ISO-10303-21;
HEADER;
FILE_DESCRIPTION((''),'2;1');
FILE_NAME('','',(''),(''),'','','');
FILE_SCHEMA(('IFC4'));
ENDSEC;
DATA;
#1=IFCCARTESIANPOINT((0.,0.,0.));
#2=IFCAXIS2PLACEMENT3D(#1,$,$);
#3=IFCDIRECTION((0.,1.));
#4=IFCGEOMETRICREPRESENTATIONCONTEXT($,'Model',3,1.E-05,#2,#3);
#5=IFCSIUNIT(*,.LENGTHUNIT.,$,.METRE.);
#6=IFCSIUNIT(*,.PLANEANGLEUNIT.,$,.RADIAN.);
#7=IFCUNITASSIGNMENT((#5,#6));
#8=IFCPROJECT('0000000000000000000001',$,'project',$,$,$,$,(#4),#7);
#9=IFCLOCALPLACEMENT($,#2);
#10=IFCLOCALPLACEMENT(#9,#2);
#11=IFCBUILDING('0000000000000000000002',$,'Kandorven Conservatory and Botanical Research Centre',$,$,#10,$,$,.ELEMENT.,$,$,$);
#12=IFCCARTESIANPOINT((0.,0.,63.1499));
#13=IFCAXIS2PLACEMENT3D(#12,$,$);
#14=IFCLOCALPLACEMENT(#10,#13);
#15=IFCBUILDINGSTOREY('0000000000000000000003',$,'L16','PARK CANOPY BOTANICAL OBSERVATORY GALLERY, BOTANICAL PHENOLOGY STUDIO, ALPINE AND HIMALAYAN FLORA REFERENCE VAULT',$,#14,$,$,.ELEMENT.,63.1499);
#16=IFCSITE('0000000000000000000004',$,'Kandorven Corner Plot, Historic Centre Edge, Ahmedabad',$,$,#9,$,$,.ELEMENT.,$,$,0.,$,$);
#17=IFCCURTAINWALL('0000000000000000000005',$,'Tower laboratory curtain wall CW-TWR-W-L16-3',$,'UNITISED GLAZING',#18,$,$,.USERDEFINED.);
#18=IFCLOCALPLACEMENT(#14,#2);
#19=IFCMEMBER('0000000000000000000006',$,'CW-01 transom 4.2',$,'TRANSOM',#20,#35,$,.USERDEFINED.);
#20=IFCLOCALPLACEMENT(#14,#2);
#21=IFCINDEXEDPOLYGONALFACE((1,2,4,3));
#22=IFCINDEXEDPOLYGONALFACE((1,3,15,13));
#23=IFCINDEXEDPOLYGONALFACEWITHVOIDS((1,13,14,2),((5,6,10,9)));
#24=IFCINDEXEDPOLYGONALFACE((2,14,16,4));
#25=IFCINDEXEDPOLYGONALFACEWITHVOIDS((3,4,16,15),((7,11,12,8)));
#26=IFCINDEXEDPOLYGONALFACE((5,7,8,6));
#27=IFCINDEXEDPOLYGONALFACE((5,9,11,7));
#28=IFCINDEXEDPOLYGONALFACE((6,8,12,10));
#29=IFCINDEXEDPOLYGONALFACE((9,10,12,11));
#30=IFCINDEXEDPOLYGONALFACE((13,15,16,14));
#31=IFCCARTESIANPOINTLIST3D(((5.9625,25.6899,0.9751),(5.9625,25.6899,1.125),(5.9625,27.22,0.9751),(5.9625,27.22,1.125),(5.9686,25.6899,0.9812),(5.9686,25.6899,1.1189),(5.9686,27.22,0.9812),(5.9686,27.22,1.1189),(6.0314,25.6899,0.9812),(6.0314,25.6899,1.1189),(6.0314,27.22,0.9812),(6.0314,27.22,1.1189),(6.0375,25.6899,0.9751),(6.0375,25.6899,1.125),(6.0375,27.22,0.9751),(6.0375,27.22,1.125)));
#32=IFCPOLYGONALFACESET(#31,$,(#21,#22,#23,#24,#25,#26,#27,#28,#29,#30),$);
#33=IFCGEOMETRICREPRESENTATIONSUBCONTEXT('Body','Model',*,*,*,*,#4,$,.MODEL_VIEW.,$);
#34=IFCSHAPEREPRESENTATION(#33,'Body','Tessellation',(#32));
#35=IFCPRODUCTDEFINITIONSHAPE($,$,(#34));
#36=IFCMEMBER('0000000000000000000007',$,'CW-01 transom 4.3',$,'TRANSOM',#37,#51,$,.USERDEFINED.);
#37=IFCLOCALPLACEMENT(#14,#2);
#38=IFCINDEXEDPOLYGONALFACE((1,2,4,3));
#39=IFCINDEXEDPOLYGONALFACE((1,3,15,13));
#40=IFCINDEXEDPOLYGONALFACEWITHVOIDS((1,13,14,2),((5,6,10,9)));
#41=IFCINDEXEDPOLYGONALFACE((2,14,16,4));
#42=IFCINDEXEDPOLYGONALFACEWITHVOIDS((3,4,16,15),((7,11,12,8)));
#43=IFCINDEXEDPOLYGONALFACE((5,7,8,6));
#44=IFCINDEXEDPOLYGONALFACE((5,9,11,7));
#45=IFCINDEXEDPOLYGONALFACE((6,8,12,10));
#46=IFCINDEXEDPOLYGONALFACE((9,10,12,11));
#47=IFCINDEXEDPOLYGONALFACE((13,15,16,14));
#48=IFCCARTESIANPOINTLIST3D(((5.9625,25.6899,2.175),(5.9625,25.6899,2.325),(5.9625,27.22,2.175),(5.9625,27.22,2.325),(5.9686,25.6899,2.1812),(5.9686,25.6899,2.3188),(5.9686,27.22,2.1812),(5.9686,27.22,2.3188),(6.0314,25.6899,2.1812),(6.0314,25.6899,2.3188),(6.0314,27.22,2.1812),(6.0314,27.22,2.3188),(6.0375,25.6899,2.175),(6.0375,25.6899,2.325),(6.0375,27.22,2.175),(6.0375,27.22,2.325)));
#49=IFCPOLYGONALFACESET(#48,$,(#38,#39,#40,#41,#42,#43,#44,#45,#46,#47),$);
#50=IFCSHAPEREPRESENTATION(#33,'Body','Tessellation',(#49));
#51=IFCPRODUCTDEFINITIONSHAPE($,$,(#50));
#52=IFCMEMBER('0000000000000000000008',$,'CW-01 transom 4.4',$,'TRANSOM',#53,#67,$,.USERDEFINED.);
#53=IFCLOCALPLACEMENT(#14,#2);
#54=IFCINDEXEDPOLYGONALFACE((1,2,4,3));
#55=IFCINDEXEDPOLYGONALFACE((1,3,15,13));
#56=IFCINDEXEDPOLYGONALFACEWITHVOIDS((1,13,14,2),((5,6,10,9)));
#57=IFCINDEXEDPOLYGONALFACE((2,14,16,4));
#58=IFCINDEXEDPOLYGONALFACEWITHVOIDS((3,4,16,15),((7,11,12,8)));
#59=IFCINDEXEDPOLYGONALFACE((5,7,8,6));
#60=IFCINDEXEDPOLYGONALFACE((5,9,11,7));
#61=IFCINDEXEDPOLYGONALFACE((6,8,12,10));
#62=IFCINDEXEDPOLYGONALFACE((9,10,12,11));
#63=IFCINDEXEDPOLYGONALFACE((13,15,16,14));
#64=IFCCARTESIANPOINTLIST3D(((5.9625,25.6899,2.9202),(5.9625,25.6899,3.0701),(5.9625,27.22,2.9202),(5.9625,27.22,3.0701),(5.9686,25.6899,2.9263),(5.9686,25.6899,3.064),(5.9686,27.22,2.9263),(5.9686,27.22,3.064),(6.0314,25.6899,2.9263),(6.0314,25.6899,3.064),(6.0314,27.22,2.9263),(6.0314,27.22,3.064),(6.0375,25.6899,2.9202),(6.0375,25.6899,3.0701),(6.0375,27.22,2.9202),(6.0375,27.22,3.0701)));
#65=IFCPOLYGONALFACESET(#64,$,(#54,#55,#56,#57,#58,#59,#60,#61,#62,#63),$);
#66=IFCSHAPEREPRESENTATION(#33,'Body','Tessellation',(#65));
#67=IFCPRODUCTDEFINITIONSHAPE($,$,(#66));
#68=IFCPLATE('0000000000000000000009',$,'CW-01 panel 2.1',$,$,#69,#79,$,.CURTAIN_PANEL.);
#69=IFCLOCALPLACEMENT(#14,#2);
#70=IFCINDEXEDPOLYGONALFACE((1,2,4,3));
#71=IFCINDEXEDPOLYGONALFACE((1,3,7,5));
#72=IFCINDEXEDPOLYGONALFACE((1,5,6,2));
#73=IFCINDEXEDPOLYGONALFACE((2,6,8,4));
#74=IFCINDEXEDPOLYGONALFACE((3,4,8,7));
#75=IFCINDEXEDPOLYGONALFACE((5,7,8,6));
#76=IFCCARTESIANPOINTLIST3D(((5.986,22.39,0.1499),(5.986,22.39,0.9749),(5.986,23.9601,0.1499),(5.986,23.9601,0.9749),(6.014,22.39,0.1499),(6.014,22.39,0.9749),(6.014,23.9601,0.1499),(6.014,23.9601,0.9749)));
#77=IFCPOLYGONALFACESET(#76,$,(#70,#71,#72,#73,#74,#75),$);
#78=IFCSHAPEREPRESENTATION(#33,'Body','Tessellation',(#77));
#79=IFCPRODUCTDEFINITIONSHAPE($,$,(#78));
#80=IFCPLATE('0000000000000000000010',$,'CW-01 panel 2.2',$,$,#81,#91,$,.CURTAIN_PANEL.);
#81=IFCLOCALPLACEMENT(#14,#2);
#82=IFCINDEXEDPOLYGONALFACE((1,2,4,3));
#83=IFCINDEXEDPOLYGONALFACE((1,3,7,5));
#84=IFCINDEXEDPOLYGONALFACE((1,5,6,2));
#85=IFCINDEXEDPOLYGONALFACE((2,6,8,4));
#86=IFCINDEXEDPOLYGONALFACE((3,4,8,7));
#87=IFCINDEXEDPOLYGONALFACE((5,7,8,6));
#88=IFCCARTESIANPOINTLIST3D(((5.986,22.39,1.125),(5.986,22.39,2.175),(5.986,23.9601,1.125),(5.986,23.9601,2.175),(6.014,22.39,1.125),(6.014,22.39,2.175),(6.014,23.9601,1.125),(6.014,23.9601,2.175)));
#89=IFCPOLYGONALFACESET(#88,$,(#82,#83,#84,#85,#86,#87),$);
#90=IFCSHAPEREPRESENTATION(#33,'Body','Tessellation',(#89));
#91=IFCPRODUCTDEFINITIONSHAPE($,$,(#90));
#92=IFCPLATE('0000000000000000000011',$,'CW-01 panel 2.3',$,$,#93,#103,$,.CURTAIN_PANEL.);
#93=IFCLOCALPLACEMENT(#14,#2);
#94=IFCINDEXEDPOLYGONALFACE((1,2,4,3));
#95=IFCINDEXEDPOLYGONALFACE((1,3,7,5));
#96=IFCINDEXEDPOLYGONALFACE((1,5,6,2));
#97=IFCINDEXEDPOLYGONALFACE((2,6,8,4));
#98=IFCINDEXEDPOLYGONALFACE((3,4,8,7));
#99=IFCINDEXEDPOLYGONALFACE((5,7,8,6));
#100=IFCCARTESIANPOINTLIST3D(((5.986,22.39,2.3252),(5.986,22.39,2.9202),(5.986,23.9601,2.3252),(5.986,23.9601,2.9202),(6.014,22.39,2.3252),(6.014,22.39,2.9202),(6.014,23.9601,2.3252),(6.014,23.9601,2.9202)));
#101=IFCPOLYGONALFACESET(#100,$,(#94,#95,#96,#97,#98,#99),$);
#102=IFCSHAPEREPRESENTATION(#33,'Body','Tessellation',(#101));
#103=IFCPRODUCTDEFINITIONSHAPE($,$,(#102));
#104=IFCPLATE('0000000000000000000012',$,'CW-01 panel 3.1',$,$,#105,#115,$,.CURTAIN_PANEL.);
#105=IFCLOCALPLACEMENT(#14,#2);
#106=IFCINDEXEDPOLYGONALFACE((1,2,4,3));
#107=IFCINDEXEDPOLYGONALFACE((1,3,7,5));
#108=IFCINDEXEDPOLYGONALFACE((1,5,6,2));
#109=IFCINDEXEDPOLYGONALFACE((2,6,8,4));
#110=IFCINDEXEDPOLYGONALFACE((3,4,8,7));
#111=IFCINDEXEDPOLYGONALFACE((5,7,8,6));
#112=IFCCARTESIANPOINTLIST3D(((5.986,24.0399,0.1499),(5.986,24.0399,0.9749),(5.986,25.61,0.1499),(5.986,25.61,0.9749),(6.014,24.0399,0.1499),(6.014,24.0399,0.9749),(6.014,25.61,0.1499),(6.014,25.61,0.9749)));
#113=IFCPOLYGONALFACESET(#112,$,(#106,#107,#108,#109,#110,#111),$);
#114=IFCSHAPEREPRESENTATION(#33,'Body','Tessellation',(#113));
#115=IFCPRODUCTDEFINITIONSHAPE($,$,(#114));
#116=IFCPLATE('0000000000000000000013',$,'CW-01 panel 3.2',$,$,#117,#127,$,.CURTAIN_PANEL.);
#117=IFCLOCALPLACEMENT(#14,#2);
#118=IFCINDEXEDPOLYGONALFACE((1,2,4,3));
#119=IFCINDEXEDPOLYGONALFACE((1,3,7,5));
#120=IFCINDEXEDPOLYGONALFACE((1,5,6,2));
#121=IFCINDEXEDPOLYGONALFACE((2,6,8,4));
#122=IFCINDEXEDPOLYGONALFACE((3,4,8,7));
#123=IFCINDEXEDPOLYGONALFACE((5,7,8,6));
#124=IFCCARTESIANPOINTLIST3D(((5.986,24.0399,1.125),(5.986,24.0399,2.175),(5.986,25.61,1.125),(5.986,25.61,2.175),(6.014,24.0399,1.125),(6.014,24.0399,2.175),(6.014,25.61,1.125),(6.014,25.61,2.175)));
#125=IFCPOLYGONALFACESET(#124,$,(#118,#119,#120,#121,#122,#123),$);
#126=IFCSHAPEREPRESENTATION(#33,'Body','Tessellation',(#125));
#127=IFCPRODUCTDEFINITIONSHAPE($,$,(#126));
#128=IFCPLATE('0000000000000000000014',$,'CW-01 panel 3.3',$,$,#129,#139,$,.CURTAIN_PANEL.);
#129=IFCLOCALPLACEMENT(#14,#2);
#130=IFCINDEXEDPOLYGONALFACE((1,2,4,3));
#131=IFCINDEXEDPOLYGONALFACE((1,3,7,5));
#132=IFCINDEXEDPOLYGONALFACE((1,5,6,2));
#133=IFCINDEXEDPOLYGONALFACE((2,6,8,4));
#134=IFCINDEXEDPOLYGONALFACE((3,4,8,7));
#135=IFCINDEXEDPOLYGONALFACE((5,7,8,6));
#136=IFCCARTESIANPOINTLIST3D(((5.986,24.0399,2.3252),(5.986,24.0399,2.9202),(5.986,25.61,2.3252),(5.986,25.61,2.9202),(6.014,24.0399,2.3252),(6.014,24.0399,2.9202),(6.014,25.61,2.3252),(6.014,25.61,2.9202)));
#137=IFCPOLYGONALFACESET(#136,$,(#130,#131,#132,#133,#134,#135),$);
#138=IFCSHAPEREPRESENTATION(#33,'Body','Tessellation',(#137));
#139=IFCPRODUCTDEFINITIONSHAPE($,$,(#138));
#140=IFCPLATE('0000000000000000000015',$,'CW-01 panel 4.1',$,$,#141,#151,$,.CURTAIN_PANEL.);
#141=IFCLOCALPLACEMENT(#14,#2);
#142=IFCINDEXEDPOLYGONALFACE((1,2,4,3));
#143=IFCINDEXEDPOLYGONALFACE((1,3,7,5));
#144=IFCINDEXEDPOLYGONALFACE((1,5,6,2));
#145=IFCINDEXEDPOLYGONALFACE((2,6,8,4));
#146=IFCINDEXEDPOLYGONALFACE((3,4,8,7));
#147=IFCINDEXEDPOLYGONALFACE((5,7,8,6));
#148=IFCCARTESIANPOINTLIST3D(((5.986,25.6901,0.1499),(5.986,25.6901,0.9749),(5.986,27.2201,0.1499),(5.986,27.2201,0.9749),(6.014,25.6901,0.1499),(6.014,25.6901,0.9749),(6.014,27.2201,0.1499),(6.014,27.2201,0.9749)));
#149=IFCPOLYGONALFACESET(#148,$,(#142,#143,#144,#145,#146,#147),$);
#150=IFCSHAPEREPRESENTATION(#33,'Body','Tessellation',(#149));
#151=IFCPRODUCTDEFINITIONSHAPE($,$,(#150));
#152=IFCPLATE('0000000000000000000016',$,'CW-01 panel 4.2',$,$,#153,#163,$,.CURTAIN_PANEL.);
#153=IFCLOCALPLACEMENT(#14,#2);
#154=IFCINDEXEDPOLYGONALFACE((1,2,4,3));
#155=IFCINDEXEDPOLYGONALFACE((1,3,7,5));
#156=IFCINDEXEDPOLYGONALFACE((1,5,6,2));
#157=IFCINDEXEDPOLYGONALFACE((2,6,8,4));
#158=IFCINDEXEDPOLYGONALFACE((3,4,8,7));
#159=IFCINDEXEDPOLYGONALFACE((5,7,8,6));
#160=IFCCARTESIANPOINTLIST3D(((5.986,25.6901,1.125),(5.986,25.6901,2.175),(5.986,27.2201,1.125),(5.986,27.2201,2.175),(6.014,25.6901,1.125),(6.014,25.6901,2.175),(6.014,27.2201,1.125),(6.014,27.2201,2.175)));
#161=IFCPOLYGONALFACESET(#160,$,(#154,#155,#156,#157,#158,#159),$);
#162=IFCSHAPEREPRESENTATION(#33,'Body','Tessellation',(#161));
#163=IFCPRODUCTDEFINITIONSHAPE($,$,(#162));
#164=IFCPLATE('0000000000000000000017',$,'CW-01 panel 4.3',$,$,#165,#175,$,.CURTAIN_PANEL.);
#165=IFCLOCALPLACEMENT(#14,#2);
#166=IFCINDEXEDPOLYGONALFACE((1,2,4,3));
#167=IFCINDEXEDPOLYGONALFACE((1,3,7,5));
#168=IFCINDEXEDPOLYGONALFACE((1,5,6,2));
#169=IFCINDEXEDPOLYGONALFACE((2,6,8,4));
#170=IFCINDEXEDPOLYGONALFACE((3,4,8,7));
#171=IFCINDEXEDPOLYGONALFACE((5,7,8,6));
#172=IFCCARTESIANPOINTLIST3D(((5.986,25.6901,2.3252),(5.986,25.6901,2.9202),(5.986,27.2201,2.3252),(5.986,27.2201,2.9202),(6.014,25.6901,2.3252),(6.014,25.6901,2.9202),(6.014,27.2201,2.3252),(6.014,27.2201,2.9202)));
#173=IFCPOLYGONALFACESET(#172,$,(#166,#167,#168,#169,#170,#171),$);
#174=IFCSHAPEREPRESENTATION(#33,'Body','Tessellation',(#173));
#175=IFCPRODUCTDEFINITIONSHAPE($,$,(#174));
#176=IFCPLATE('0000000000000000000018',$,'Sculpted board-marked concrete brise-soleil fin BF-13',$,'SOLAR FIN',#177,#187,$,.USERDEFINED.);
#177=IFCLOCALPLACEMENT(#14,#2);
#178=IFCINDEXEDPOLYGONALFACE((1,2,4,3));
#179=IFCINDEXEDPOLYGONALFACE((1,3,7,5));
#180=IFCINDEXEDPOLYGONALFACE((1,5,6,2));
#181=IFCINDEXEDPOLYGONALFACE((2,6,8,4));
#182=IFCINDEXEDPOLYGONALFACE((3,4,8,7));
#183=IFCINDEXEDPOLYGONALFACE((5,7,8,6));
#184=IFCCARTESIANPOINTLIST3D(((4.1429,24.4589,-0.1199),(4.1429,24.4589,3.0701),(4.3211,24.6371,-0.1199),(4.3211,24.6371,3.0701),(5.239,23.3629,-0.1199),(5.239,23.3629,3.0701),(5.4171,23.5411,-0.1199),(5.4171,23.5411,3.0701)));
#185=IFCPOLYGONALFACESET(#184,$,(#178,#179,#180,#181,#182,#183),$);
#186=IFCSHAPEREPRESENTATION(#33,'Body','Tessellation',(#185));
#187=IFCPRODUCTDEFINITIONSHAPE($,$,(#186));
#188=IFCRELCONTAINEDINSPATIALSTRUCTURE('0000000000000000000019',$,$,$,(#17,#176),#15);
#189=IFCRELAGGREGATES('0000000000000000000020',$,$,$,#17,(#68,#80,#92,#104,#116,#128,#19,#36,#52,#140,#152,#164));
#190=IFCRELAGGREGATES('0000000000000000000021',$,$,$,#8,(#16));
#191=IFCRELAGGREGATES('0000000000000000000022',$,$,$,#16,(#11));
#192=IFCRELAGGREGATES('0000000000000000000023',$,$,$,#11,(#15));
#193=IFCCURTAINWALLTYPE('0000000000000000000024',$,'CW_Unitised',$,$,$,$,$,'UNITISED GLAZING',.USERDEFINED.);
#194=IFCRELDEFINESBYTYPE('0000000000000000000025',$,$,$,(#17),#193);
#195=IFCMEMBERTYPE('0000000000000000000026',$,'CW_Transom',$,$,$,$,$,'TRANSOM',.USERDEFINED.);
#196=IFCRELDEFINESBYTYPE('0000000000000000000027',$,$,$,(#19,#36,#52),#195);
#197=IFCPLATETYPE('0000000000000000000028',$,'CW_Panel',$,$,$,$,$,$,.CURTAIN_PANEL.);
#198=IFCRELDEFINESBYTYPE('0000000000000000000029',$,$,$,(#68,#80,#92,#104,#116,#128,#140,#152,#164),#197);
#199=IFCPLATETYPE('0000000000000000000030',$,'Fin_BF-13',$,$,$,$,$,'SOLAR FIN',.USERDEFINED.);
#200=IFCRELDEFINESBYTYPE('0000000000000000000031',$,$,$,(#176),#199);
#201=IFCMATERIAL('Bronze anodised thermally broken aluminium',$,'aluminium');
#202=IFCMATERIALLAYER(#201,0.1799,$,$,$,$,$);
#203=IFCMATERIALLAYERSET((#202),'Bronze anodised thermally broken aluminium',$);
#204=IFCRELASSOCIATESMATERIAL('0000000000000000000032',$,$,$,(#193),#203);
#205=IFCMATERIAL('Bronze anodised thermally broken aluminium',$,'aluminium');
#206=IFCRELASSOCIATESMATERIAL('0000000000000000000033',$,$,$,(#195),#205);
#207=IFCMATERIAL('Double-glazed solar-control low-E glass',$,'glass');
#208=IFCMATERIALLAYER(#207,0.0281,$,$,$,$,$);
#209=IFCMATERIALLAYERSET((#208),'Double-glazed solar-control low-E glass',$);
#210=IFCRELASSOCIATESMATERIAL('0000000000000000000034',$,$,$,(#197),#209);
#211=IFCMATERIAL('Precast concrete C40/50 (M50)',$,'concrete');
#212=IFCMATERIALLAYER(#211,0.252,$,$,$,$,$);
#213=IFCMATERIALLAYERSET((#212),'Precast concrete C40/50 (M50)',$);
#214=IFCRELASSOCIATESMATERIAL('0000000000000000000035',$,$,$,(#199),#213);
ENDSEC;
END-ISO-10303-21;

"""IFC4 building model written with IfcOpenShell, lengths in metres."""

from ifc_helpers import new_model, si_unit, direction, frame, origin, origin_2d, place, context, subcontext, project, spatial, rectangle, hollow_rectangle, extrude, material, layer, layer_set, material_profile, profile_set, type_object, element, aggregate, save


model = new_model("IFC4")

# Units and contexts
model_context = context("Model", 3, precision=1e-05, world=origin(), true_north=direction((0.0, 1.0)))
body_context = subcontext(model_context, "Body", "Model", "MODEL_VIEW")
ifc_project = project(units=[si_unit("LENGTHUNIT", "METRE"), si_unit("PLANEANGLEUNIT", "RADIAN")], contexts=[model_context])

# Site, building, storey
site_placement = place(None, origin())
site = spatial("IfcSite", under=ifc_project, at=site_placement, Name="Kandorven Corner Plot, Historic Centre Edge, Ahmedabad", CompositionType="ELEMENT", RefElevation=0.0)
building_placement = place(site_placement, origin())
building = spatial("IfcBuilding", under=site, at=building_placement, Name="Kandorven Conservatory and Botanical Research Centre", CompositionType="ELEMENT")
storey_placement = place(building_placement, frame((0.0, 0.0, 63.1499)))
storey = spatial("IfcBuildingStorey", under=building, at=storey_placement, Name="L16", Description="PARK CANOPY BOTANICAL OBSERVATORY GALLERY, BOTANICAL PHENOLOGY STUDIO, ALPINE AND HIMALAYAN FLORA REFERENCE VAULT", CompositionType="ELEMENT", Elevation=63.1499)

# Curtain wall, members, plates
ifc_material_1 = material(Name="Bronze anodised thermally broken aluminium", Category="aluminium")
ifc_layer_1 = layer(ifc_material_1, 0.1799)
ifc_layer_set_1 = layer_set([ifc_layer_1], Name="Bronze anodised thermally broken aluminium")
curtain_wall_type = type_object("IfcCurtainWallType", Name="CW_Unitised", ElementType="UNITISED GLAZING", PredefinedType="USERDEFINED", material=ifc_layer_set_1)
curtain_wall_placement = place(storey_placement, origin())
curtain_wall = element("IfcCurtainWall", 1, at=curtain_wall_placement, inside=storey, type_object=curtain_wall_type, Name="Tower laboratory curtain wall CW-TWR-W-L16-3", ObjectType="UNITISED GLAZING", PredefinedType="USERDEFINED")
ifc_material_2 = material(Name="Bronze anodised thermally broken aluminium", Category="aluminium")
ifc_material_profile_1 = material_profile(ifc_material_2, hollow_rectangle(XDim=0.075, YDim=0.1499, WallThickness=0.0061, at=origin_2d()))
ifc_profile_set_1 = profile_set([ifc_material_profile_1], Name="Bronze anodised thermally broken aluminium")
member_type_1 = type_object("IfcMemberType", Name="CW_Transom", ElementType="TRANSOM", PredefinedType="USERDEFINED", material=ifc_profile_set_1)
member_1_placement = place(storey_placement, frame((6.0, 25.6899, 1.05), z_axis=(0.0, 1.0, 0.0), x_axis=(-1.0, 0.0, 0.0)))
member_1 = element("IfcMember", 2, at=member_1_placement, type_object=member_type_1, Name="CW-01 transom 4.2", ObjectType="TRANSOM", PredefinedType="USERDEFINED", context=body_context, shape_type="SweptSolid", body=[
    extrude(hollow_rectangle(XDim=0.075, YDim=0.1499, WallThickness=0.0061, at=origin_2d()), origin(), (0.0, 0.0, 1.0), 1.53),
])
member_2_placement = place(storey_placement, frame((6.0, 25.6899, 2.25), z_axis=(0.0, 1.0, 0.0), x_axis=(-1.0, 0.0, 0.0)))
member_2 = element("IfcMember", 3, at=member_2_placement, type_object=member_type_1, Name="CW-01 transom 4.3", ObjectType="TRANSOM", PredefinedType="USERDEFINED", context=body_context, shape_type="SweptSolid", body=[
    extrude(hollow_rectangle(XDim=0.075, YDim=0.1499, WallThickness=0.0061, at=origin_2d()), origin(), (0.0, 0.0, 1.0), 1.53),
])
member_3_placement = place(storey_placement, frame((6.0, 25.6899, 2.9951), z_axis=(0.0, 1.0, 0.0), x_axis=(-1.0, 0.0, 0.0)))
member_3 = element("IfcMember", 4, at=member_3_placement, type_object=member_type_1, Name="CW-01 transom 4.4", ObjectType="TRANSOM", PredefinedType="USERDEFINED", context=body_context, shape_type="SweptSolid", body=[
    extrude(hollow_rectangle(XDim=0.075, YDim=0.1499, WallThickness=0.0061, at=origin_2d()), origin(), (0.0, 0.0, 1.0), 1.53),
])
ifc_material_3 = material(Name="Double-glazed solar-control low-E glass", Category="glass")
ifc_layer_2 = layer(ifc_material_3, 0.0281)
ifc_layer_set_2 = layer_set([ifc_layer_2], Name="Double-glazed solar-control low-E glass")
plate_type_1 = type_object("IfcPlateType", Name="CW_Panel", PredefinedType="CURTAIN_PANEL", material=ifc_layer_set_2)
plate_1_placement = place(storey_placement, frame((6.0, 23.175, 0.1499), z_axis=(0.0, 0.0, 1.0), x_axis=(0.0, 1.0, 0.0)))
plate_1 = element("IfcPlate", 5, at=plate_1_placement, type_object=plate_type_1, Name="CW-01 panel 2.1", PredefinedType="CURTAIN_PANEL", context=body_context, shape_type="SweptSolid", body=[
    extrude(rectangle(XDim=1.5701, YDim=0.0281, at=origin_2d()), origin(), (0.0, 0.0, 1.0), 0.825),
])
plate_2_placement = place(storey_placement, frame((6.0, 23.175, 1.125), z_axis=(0.0, 0.0, 1.0), x_axis=(0.0, 1.0, 0.0)))
plate_2 = element("IfcPlate", 6, at=plate_2_placement, type_object=plate_type_1, Name="CW-01 panel 2.2", PredefinedType="CURTAIN_PANEL", context=body_context, shape_type="SweptSolid", body=[
    extrude(rectangle(XDim=1.5701, YDim=0.0281, at=origin_2d()), origin(), (0.0, 0.0, 1.0), 1.05),
])
plate_3_placement = place(storey_placement, frame((6.0, 23.175, 2.3252), z_axis=(0.0, 0.0, 1.0), x_axis=(0.0, 1.0, 0.0)))
plate_3 = element("IfcPlate", 7, at=plate_3_placement, type_object=plate_type_1, Name="CW-01 panel 2.3", PredefinedType="CURTAIN_PANEL", context=body_context, shape_type="SweptSolid", body=[
    extrude(rectangle(XDim=1.5701, YDim=0.0281, at=origin_2d()), origin(), (0.0, 0.0, 1.0), 0.595),
])
plate_4_placement = place(storey_placement, frame((6.0, 24.825, 0.1499), z_axis=(0.0, 0.0, 1.0), x_axis=(0.0, 1.0, 0.0)))
plate_4 = element("IfcPlate", 8, at=plate_4_placement, type_object=plate_type_1, Name="CW-01 panel 3.1", PredefinedType="CURTAIN_PANEL", context=body_context, shape_type="SweptSolid", body=[
    extrude(rectangle(XDim=1.5701, YDim=0.0281, at=origin_2d()), origin(), (0.0, 0.0, 1.0), 0.825),
])
plate_5_placement = place(storey_placement, frame((6.0, 24.825, 1.125), z_axis=(0.0, 0.0, 1.0), x_axis=(0.0, 1.0, 0.0)))
plate_5 = element("IfcPlate", 9, at=plate_5_placement, type_object=plate_type_1, Name="CW-01 panel 3.2", PredefinedType="CURTAIN_PANEL", context=body_context, shape_type="SweptSolid", body=[
    extrude(rectangle(XDim=1.5701, YDim=0.0281, at=origin_2d()), origin(), (0.0, 0.0, 1.0), 1.05),
])
plate_6_placement = place(storey_placement, frame((6.0, 24.825, 2.3252), z_axis=(0.0, 0.0, 1.0), x_axis=(0.0, 1.0, 0.0)))
plate_6 = element("IfcPlate", 10, at=plate_6_placement, type_object=plate_type_1, Name="CW-01 panel 3.3", PredefinedType="CURTAIN_PANEL", context=body_context, shape_type="SweptSolid", body=[
    extrude(rectangle(XDim=1.5701, YDim=0.0281, at=origin_2d()), origin(), (0.0, 0.0, 1.0), 0.595),
])
plate_7_placement = place(storey_placement, frame((6.0, 26.4551, 0.1499), z_axis=(0.0, 0.0, 1.0), x_axis=(0.0, 1.0, 0.0)))
plate_7 = element("IfcPlate", 11, at=plate_7_placement, type_object=plate_type_1, Name="CW-01 panel 4.1", PredefinedType="CURTAIN_PANEL", context=body_context, shape_type="SweptSolid", body=[
    extrude(rectangle(XDim=1.53, YDim=0.0281, at=origin_2d()), origin(), (0.0, 0.0, 1.0), 0.825),
])
plate_8_placement = place(storey_placement, frame((6.0, 26.4551, 1.125), z_axis=(0.0, 0.0, 1.0), x_axis=(0.0, 1.0, 0.0)))
plate_8 = element("IfcPlate", 12, at=plate_8_placement, type_object=plate_type_1, Name="CW-01 panel 4.2", PredefinedType="CURTAIN_PANEL", context=body_context, shape_type="SweptSolid", body=[
    extrude(rectangle(XDim=1.53, YDim=0.0281, at=origin_2d()), origin(), (0.0, 0.0, 1.0), 1.05),
])
plate_9_placement = place(storey_placement, frame((6.0, 26.4551, 2.3252), z_axis=(0.0, 0.0, 1.0), x_axis=(0.0, 1.0, 0.0)))
plate_9 = element("IfcPlate", 13, at=plate_9_placement, type_object=plate_type_1, Name="CW-01 panel 4.3", PredefinedType="CURTAIN_PANEL", context=body_context, shape_type="SweptSolid", body=[
    extrude(rectangle(XDim=1.53, YDim=0.0281, at=origin_2d()), origin(), (0.0, 0.0, 1.0), 0.595),
])
aggregate(curtain_wall, [plate_1, plate_2, plate_3, plate_4, plate_5, plate_6, member_1, member_2, member_3, plate_7, plate_8, plate_9])

# Plate
ifc_material_4 = material(Name="Precast concrete C40/50 (M50)", Category="concrete")
ifc_layer_3 = layer(ifc_material_4, 0.252)
ifc_layer_set_3 = layer_set([ifc_layer_3], Name="Precast concrete C40/50 (M50)")
plate_type_2 = type_object("IfcPlateType", Name="Fin_BF-13", ElementType="SOLAR FIN", PredefinedType="USERDEFINED", material=ifc_layer_set_3)
plate_10_placement = place(storey_placement, frame((4.78, 24.0, -0.1199), z_axis=(0.0, 0.0, 1.0), x_axis=(-0.707107, 0.707107, 0.0)))
element("IfcPlate", 14, at=plate_10_placement, inside=storey, type_object=plate_type_2, Name="Sculpted board-marked concrete brise-soleil fin BF-13", ObjectType="SOLAR FIN", PredefinedType="USERDEFINED", context=body_context, shape_type="SweptSolid", body=[
    extrude(rectangle(XDim=1.55, YDim=0.252, at=origin_2d()), origin(), (0.0, 0.0, 1.0), 3.1899),
])

save(model, "model.ifc")
